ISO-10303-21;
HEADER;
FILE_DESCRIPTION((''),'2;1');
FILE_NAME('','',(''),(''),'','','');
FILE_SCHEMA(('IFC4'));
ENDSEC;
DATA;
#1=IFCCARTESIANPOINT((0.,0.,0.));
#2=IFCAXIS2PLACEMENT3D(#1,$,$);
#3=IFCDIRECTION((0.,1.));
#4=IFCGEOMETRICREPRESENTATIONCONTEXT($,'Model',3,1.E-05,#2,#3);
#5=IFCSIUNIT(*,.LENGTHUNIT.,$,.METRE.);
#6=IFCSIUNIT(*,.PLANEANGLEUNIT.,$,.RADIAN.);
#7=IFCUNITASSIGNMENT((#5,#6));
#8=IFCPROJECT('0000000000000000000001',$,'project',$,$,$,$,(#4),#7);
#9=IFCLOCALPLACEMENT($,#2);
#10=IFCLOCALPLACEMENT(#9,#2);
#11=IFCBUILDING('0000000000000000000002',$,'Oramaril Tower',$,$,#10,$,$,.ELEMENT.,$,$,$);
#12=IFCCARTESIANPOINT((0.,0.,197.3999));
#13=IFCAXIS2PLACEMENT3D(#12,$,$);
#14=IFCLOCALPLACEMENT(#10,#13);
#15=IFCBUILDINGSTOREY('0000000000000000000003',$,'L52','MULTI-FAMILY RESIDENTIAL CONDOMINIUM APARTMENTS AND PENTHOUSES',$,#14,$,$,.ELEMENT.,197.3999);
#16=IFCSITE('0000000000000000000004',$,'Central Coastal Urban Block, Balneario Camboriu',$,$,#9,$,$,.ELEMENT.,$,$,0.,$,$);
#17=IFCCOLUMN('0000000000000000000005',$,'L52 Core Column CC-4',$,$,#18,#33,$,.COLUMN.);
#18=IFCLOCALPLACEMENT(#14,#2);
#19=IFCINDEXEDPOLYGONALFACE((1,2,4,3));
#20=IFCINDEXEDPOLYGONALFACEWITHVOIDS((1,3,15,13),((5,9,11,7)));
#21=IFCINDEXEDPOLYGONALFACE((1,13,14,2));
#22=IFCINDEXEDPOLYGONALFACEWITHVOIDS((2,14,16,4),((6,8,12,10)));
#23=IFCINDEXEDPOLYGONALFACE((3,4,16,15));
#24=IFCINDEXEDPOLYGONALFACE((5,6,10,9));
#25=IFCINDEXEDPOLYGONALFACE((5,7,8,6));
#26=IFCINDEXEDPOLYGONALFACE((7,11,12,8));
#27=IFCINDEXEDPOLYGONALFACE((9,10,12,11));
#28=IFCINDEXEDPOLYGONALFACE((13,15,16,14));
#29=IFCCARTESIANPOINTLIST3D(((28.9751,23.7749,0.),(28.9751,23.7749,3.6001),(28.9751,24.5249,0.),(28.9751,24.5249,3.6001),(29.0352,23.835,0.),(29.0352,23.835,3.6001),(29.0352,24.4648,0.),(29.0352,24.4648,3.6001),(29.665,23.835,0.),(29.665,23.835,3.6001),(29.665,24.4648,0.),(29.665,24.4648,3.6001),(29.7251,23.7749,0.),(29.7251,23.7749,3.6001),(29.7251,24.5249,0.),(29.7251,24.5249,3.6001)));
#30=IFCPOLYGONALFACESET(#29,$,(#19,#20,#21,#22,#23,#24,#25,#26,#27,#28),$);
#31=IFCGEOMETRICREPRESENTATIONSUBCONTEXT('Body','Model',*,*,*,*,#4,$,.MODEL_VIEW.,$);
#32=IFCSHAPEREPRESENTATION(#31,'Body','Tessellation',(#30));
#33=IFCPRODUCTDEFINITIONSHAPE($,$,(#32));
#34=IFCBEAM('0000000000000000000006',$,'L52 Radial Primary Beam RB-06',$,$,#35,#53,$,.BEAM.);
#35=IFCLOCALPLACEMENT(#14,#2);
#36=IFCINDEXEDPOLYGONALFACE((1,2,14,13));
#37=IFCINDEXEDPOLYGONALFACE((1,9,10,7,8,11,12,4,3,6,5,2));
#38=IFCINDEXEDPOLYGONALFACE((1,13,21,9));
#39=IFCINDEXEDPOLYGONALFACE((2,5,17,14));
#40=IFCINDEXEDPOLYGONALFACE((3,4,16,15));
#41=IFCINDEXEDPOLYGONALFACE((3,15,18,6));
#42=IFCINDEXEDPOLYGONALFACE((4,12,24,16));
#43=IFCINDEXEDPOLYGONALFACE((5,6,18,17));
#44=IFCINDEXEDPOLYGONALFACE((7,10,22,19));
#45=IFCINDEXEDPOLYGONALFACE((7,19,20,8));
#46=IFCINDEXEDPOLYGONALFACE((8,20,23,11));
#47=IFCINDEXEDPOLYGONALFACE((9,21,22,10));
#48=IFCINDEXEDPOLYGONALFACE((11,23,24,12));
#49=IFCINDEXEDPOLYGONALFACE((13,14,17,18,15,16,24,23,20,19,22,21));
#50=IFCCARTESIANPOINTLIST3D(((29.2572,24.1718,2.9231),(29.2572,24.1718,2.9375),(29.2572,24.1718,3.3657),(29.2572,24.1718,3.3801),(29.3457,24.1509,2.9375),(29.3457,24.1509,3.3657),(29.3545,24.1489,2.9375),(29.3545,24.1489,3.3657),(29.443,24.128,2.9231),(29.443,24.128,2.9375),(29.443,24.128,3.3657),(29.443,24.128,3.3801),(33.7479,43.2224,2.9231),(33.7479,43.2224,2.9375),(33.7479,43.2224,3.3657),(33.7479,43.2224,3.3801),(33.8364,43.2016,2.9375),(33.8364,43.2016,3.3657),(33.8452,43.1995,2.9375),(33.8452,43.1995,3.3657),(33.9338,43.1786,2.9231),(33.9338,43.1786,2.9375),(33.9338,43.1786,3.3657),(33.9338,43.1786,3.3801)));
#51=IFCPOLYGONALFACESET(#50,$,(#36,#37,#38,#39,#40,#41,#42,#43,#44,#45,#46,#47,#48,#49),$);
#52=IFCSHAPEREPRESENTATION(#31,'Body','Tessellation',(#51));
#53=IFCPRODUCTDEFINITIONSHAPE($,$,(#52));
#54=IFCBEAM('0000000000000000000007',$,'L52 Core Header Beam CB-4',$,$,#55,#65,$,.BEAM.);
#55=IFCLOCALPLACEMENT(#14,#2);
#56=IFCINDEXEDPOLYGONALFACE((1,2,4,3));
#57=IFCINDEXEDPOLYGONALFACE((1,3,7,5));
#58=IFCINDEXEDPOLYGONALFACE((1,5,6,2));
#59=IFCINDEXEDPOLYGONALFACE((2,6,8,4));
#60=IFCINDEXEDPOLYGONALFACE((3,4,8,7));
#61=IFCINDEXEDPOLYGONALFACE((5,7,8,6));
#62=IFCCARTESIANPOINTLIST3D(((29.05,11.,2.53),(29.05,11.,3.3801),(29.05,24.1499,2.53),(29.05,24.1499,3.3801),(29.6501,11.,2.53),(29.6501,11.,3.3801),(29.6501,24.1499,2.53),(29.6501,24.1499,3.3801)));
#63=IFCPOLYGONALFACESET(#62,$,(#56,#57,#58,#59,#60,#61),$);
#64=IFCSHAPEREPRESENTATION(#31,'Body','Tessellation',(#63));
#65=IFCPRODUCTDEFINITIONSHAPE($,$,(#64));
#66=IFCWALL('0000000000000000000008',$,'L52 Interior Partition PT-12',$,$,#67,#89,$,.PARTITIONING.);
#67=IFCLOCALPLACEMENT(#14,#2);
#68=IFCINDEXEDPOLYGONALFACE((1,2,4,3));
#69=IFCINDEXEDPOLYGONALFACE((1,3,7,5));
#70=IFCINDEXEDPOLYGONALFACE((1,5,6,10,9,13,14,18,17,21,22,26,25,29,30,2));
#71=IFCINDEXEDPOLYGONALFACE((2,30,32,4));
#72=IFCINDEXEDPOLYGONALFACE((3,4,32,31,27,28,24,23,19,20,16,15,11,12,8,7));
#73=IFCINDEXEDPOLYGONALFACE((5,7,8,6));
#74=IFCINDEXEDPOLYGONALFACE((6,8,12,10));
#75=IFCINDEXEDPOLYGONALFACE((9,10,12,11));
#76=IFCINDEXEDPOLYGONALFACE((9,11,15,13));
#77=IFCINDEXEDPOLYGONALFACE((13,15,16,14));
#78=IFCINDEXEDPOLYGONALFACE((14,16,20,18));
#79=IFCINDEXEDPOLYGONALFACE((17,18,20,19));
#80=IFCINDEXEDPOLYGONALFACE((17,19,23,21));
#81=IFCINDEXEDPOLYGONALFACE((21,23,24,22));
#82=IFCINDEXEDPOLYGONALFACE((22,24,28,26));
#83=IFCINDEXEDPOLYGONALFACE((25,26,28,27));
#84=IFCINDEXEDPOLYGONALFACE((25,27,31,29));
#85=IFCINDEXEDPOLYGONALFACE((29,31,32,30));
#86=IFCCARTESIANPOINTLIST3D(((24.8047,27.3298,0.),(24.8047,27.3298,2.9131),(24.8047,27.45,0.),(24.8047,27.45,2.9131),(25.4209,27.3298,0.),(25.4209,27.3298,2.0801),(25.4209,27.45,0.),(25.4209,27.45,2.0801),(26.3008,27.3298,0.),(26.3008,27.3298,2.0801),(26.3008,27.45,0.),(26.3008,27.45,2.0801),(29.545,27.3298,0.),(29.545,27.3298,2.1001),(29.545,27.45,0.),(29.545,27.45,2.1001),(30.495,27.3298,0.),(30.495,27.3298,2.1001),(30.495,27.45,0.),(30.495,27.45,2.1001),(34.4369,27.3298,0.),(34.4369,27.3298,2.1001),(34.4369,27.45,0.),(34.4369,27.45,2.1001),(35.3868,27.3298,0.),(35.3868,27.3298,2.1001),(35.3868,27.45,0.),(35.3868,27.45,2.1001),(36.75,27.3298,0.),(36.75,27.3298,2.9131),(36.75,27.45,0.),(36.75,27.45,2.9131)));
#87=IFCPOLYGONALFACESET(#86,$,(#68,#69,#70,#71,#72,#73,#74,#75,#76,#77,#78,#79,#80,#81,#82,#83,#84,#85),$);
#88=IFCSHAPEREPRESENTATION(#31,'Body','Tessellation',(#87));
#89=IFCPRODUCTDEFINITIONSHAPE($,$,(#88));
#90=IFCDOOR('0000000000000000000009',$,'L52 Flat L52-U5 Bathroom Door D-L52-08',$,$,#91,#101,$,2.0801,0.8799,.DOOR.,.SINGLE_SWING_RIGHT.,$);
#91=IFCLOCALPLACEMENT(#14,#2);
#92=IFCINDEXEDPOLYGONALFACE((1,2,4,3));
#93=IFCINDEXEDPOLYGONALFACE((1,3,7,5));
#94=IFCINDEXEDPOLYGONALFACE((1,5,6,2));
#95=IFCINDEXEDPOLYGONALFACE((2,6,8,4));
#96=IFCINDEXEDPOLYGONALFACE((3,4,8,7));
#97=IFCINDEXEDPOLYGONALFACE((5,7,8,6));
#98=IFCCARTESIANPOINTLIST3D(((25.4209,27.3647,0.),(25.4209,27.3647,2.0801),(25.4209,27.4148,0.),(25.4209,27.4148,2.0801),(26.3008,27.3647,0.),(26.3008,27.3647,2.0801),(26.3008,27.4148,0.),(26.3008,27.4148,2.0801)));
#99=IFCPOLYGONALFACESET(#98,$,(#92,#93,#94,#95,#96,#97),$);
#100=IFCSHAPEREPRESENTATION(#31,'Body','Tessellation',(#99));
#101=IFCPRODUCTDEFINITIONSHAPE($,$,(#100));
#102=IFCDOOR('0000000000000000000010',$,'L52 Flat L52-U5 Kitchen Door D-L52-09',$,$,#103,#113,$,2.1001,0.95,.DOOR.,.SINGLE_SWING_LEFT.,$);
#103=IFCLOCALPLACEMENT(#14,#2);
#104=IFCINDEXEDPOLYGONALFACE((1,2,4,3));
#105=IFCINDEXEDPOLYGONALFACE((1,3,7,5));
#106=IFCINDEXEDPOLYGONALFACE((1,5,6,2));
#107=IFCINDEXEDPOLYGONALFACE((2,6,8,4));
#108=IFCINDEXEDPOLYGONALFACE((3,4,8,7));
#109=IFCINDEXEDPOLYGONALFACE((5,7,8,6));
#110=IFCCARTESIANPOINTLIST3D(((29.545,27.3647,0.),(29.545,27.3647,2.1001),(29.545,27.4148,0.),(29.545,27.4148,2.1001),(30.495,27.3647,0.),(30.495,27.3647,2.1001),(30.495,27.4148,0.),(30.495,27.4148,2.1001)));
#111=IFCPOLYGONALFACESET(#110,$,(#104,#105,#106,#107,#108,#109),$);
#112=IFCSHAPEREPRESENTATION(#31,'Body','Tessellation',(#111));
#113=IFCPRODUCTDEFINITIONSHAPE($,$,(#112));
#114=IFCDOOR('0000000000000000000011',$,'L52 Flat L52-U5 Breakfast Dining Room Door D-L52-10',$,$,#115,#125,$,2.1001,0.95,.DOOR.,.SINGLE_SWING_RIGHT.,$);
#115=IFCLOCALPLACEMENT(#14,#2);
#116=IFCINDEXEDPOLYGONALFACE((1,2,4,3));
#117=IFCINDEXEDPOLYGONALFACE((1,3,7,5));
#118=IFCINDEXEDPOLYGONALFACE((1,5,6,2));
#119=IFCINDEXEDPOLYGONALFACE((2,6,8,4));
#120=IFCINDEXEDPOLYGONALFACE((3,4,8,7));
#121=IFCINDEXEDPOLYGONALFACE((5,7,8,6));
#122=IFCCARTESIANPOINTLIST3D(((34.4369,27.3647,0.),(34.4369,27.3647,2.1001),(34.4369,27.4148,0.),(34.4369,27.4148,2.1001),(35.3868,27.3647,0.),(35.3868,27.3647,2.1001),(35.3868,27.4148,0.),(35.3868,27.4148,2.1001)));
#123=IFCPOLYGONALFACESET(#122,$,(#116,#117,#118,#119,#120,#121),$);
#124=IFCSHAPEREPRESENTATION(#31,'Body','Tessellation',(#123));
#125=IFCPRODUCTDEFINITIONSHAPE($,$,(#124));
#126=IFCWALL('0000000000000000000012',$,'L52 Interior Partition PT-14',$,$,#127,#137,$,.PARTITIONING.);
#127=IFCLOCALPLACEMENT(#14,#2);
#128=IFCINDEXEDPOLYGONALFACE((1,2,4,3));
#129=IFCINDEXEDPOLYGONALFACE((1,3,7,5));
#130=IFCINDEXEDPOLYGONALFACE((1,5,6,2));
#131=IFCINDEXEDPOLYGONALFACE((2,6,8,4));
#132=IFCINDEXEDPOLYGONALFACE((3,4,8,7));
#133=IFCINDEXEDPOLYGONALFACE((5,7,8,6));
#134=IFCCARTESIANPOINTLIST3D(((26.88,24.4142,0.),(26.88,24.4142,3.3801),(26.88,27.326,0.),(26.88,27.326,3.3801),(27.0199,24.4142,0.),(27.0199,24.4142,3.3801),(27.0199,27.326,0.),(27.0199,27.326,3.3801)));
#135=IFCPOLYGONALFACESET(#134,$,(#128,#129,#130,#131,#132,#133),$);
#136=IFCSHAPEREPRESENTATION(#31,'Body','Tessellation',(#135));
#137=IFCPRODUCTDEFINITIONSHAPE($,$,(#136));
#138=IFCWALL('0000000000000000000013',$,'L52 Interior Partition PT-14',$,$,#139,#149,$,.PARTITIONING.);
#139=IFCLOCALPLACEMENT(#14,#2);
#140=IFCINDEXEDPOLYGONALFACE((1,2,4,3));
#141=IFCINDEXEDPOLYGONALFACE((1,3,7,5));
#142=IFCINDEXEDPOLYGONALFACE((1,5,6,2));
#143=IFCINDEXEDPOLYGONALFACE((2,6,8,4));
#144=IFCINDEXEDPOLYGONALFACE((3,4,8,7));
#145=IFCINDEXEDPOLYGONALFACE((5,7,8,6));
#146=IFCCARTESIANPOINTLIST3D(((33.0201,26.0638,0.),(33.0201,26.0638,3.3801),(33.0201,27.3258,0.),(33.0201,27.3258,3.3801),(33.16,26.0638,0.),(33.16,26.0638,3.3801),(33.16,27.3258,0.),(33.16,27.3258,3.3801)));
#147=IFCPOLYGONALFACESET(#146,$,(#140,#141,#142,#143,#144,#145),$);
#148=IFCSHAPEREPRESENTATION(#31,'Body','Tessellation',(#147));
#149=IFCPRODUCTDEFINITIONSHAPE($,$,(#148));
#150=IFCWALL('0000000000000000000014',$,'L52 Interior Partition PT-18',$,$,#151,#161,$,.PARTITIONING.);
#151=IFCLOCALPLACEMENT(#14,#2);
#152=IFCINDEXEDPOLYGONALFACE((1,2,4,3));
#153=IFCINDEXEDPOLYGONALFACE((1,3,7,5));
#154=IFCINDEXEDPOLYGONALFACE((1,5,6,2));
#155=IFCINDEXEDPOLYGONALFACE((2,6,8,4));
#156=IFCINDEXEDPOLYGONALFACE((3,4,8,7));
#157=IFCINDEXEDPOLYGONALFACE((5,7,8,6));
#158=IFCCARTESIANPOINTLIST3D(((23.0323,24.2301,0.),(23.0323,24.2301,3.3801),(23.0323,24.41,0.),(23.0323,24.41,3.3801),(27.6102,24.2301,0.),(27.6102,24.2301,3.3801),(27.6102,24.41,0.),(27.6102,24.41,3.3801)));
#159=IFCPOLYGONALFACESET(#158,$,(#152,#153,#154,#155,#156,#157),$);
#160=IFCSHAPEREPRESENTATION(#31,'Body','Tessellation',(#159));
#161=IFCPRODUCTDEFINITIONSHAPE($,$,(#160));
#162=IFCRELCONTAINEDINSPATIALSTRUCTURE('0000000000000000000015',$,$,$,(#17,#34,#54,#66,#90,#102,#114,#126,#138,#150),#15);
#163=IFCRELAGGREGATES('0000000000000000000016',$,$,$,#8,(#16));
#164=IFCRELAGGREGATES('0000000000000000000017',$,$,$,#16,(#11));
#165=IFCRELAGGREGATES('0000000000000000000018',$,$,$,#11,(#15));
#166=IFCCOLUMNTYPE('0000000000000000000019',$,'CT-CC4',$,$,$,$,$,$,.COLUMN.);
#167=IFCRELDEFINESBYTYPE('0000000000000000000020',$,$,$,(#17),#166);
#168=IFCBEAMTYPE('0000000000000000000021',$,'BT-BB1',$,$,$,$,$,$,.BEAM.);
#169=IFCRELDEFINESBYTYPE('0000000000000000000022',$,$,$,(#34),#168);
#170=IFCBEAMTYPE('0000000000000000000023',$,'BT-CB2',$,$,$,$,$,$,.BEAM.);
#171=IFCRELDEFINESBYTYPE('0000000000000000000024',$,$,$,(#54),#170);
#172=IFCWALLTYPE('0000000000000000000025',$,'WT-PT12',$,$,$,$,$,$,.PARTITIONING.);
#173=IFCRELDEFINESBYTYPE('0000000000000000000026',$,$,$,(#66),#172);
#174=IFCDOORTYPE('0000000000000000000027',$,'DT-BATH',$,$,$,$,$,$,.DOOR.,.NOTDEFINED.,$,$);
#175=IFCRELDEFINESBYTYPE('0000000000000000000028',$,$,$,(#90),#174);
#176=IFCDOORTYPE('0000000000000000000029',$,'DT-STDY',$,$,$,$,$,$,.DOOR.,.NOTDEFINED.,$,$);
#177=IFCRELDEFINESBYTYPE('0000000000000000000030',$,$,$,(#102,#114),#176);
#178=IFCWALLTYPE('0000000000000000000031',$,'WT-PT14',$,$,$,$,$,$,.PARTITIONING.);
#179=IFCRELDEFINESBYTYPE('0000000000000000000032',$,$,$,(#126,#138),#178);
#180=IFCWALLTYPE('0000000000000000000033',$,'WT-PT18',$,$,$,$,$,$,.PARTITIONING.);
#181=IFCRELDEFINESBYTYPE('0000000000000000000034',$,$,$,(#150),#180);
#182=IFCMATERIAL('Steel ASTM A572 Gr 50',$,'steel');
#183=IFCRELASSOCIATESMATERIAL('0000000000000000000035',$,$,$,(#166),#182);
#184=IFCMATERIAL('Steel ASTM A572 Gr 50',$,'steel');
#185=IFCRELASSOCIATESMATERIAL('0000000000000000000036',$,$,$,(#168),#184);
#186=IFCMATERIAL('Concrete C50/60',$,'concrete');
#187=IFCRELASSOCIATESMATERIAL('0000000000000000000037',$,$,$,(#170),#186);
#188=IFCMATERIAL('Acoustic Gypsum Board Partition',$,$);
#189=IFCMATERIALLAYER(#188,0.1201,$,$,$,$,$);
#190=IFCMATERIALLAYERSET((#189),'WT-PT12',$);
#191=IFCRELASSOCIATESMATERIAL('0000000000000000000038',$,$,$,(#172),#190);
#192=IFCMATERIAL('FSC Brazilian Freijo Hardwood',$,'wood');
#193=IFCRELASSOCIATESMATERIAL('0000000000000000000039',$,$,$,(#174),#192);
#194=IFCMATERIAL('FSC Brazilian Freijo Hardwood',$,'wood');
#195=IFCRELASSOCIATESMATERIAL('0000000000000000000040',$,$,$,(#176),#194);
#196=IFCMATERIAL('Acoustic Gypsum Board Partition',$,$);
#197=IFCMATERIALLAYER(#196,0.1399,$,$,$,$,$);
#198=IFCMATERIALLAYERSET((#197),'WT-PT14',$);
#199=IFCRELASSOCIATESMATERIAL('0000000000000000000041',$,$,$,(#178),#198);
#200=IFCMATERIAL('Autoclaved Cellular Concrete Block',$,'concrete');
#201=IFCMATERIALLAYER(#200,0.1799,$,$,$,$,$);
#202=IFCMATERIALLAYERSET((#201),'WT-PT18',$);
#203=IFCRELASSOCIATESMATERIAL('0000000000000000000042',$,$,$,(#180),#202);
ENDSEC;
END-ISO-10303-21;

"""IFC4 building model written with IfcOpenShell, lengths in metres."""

from ifc_helpers import new_model, si_unit, direction, frame, frame_2d, origin, origin_2d, place, context, subcontext, project, spatial, rectangle, hollow_rectangle, i_section, extrude, material, layer, layer_set, material_profile, profile_set, type_object, element, fill, save


model = new_model("IFC4")

# Units and contexts
model_context = context("Model", 3, precision=1e-05, world=origin(), true_north=direction((0.0, 1.0)))
body_context = subcontext(model_context, "Body", "Model", "MODEL_VIEW")
ifc_project = project(units=[si_unit("LENGTHUNIT", "METRE"), si_unit("PLANEANGLEUNIT", "RADIAN")], contexts=[model_context])

# Site, building, storey
site_placement = place(None, origin())
site = spatial("IfcSite", under=ifc_project, at=site_placement, Name="Central Coastal Urban Block, Balneario Camboriu", CompositionType="ELEMENT", RefElevation=0.0)
building_placement = place(site_placement, origin())
building = spatial("IfcBuilding", under=site, at=building_placement, Name="Oramaril Tower", CompositionType="ELEMENT")
storey_placement = place(building_placement, frame((0.0, 0.0, 197.3999)))
storey = spatial("IfcBuildingStorey", under=building, at=storey_placement, Name="L52", Description="MULTI-FAMILY RESIDENTIAL CONDOMINIUM APARTMENTS AND PENTHOUSES", CompositionType="ELEMENT", Elevation=197.3999)

# Column
ifc_material_1 = material(Name="Steel ASTM A572 Gr 50", Category="steel")
ifc_material_profile_1 = material_profile(ifc_material_1, hollow_rectangle(XDim=0.75, YDim=0.75, WallThickness=0.0601, at=origin_2d()), Name="BOX750X750X60")
ifc_profile_set_1 = profile_set([ifc_material_profile_1], Name="Steel ASTM A572 Gr 50")
column_type = type_object("IfcColumnType", Name="CT-CC4", PredefinedType="COLUMN", material=ifc_profile_set_1)
column_placement = place(storey_placement, frame((29.3501, 24.1499, 0.0), z_axis=(0.0, 0.0, 1.0), x_axis=(1.0, 0.0, 0.0)))
element("IfcColumn", 1, at=column_placement, inside=storey, type_object=column_type, Name="L52 Core Column CC-4", PredefinedType="COLUMN", context=body_context, shape_type="SweptSolid", body=[
    extrude(hollow_rectangle(XDim=0.75, YDim=0.75, WallThickness=0.0601, at=origin_2d()), origin(), (0.0, 0.0, 1.0), 3.6001),
])

# Beams
ifc_material_2 = material(Name="Steel ASTM A572 Gr 50", Category="steel")
ifc_material_profile_2 = material_profile(ifc_material_2, i_section(OverallWidth=0.1909, OverallDepth=0.457, WebThickness=0.009, FlangeThickness=0.0144, at=origin_2d()), Name="W18X50")
ifc_profile_set_2 = profile_set([ifc_material_profile_2], Name="Steel ASTM A572 Gr 50")
beam_type_1 = type_object("IfcBeamType", Name="BT-BB1", PredefinedType="BEAM", material=ifc_profile_set_2)
beam_1_placement = place(storey_placement, frame((29.3501, 24.1499, 3.1516), z_axis=(0.229438, 0.973323, 0.0), x_axis=(-0.973323, 0.229438, 0.0)))
element("IfcBeam", 2, at=beam_1_placement, inside=storey, type_object=beam_type_1, Name="L52 Radial Primary Beam RB-06", PredefinedType="BEAM", context=body_context, shape_type="SweptSolid", body=[
    extrude(i_section(OverallWidth=0.1909, OverallDepth=0.457, WebThickness=0.009, FlangeThickness=0.0144, at=origin_2d()), origin(), (0.0, 0.0, 1.0), 19.5728),
])
ifc_material_3 = material(Name="Concrete C50/60", Category="concrete")
ifc_material_profile_3 = material_profile(ifc_material_3, rectangle(XDim=0.6001, YDim=0.8501, at=origin_2d()), Name="CB600X850")
ifc_profile_set_3 = profile_set([ifc_material_profile_3], Name="Concrete C50/60")
beam_type_2 = type_object("IfcBeamType", Name="BT-CB2", PredefinedType="BEAM", material=ifc_profile_set_3)
beam_2_placement = place(storey_placement, frame((29.3501, 24.1499, 2.9551), z_axis=(0.0, -1.0, 0.0), x_axis=(1.0, 0.0, 0.0)))
element("IfcBeam", 3, at=beam_2_placement, inside=storey, type_object=beam_type_2, Name="L52 Core Header Beam CB-4", PredefinedType="BEAM", context=body_context, shape_type="SweptSolid", body=[
    extrude(rectangle(XDim=0.6001, YDim=0.8501, at=origin_2d()), origin(), (0.0, 0.0, 1.0), 13.1499),
])

# Wall, openings, doors
ifc_material_4 = material(Name="Acoustic Gypsum Board Partition")
ifc_layer_1 = layer(ifc_material_4, 0.1201)
ifc_layer_set_1 = layer_set([ifc_layer_1], Name="WT-PT12")
wall_type_1 = type_object("IfcWallType", Name="WT-PT12", PredefinedType="PARTITIONING", material=ifc_layer_set_1)
wall_1_placement = place(storey_placement, frame((24.8047, 27.3899, 0.0), z_axis=(0.0, 0.0, 1.0), x_axis=(1.0, 0.0, 0.0)))
wall_1 = element("IfcWall", 4, at=wall_1_placement, inside=storey, type_object=wall_type_1, Name="L52 Interior Partition PT-12", PredefinedType="PARTITIONING", context=body_context, shape_type="SweptSolid", body=[
    extrude(rectangle(XDim=11.9453, YDim=0.1201, at=frame_2d((5.9727, 0.0))), origin(), (0.0, 0.0, 1.0), 2.9131),
])
opening_1_placement = place(wall_1_placement, frame((0.6162, 0.0, 0.0)))
opening_1 = element("IfcOpeningElement", 5, at=opening_1_placement, cuts=wall_1, PredefinedType="OPENING", context=body_context, shape_type="SweptSolid", body=[
    extrude(rectangle(XDim=0.8799, YDim=2.0801, at=frame_2d((0.4399, 1.04))), frame((0.0, 0.0601, 0.0), z_axis=(0.0, -1.0, 0.0), x_axis=(1.0, 0.0, 0.0)), (0.0, 0.0, 1.0), 0.1201),
])
opening_2_placement = place(wall_1_placement, frame((4.7402, 0.0, 0.0)))
opening_2 = element("IfcOpeningElement", 6, at=opening_2_placement, cuts=wall_1, PredefinedType="OPENING", context=body_context, shape_type="SweptSolid", body=[
    extrude(rectangle(XDim=0.95, YDim=2.1001, at=frame_2d((0.4751, 1.05))), frame((0.0, 0.0601, 0.0), z_axis=(0.0, -1.0, 0.0), x_axis=(1.0, 0.0, 0.0)), (0.0, 0.0, 1.0), 0.1201),
])
opening_3_placement = place(wall_1_placement, frame((9.6321, 0.0, 0.0)))
opening_3 = element("IfcOpeningElement", 7, at=opening_3_placement, cuts=wall_1, PredefinedType="OPENING", context=body_context, shape_type="SweptSolid", body=[
    extrude(rectangle(XDim=0.95, YDim=2.1001, at=frame_2d((0.4751, 1.05))), frame((0.0, 0.0601, 0.0), z_axis=(0.0, -1.0, 0.0), x_axis=(1.0, 0.0, 0.0)), (0.0, 0.0, 1.0), 0.1201),
])
ifc_material_5 = material(Name="FSC Brazilian Freijo Hardwood", Category="wood")
door_type_1 = type_object("IfcDoorType", Name="DT-BATH", OperationType="NOTDEFINED", PredefinedType="DOOR", material=ifc_material_5)
door_1_placement = place(opening_1_placement, origin())
door_1 = element("IfcDoor", 8, at=door_1_placement, inside=storey, type_object=door_type_1, Name="L52 Flat L52-U5 Bathroom Door D-L52-08", OperationType="SINGLE_SWING_RIGHT", OverallHeight=2.0801, OverallWidth=0.8799, PredefinedType="DOOR", context=body_context, shape_type="SweptSolid", body=[
    extrude(rectangle(XDim=0.8799, YDim=2.0801, at=frame_2d((0.4399, 1.04))), frame((0.0, 0.0249, 0.0), z_axis=(0.0, -1.0, 0.0), x_axis=(1.0, 0.0, 0.0)), (0.0, 0.0, 1.0), 0.05),
])
fill(opening_1, door_1)
ifc_material_6 = material(Name="FSC Brazilian Freijo Hardwood", Category="wood")
door_type_2 = type_object("IfcDoorType", Name="DT-STDY", OperationType="NOTDEFINED", PredefinedType="DOOR", material=ifc_material_6)
door_2_placement = place(opening_2_placement, origin())
door_2 = element("IfcDoor", 9, at=door_2_placement, inside=storey, type_object=door_type_2, Name="L52 Flat L52-U5 Kitchen Door D-L52-09", OperationType="SINGLE_SWING_LEFT", OverallHeight=2.1001, OverallWidth=0.95, PredefinedType="DOOR", context=body_context, shape_type="SweptSolid", body=[
    extrude(rectangle(XDim=0.95, YDim=2.1001, at=frame_2d((0.4751, 1.05))), frame((0.0, 0.0249, 0.0), z_axis=(0.0, -1.0, 0.0), x_axis=(1.0, 0.0, 0.0)), (0.0, 0.0, 1.0), 0.05),
])
fill(opening_2, door_2)
door_3_placement = place(opening_3_placement, origin())
door_3 = element("IfcDoor", 10, at=door_3_placement, inside=storey, type_object=door_type_2, Name="L52 Flat L52-U5 Breakfast Dining Room Door D-L52-10", OperationType="SINGLE_SWING_RIGHT", OverallHeight=2.1001, OverallWidth=0.95, PredefinedType="DOOR", context=body_context, shape_type="SweptSolid", body=[
    extrude(rectangle(XDim=0.95, YDim=2.1001, at=frame_2d((0.4751, 1.05))), frame((0.0, 0.0249, 0.0), z_axis=(0.0, -1.0, 0.0), x_axis=(1.0, 0.0, 0.0)), (0.0, 0.0, 1.0), 0.05),
])
fill(opening_3, door_3)

# Walls
ifc_material_7 = material(Name="Acoustic Gypsum Board Partition")
ifc_layer_2 = layer(ifc_material_7, 0.1399)
ifc_layer_set_2 = layer_set([ifc_layer_2], Name="WT-PT14")
wall_type_2 = type_object("IfcWallType", Name="WT-PT14", PredefinedType="PARTITIONING", material=ifc_layer_set_2)
wall_2_placement = place(storey_placement, frame((26.95, 24.4141, 0.0), z_axis=(0.0, 0.0, 1.0), x_axis=(0.0, 1.0, 0.0)))
element("IfcWall", 11, at=wall_2_placement, inside=storey, type_object=wall_type_2, Name="L52 Interior Partition PT-14", PredefinedType="PARTITIONING", context=body_context, shape_type="SweptSolid", body=[
    extrude(rectangle(XDim=2.9119, YDim=0.1399, at=frame_2d((1.4561, 0.0))), origin(), (0.0, 0.0, 1.0), 3.3801),
])
wall_3_placement = place(storey_placement, frame((33.0901, 26.064, 0.0), z_axis=(0.0, 0.0, 1.0), x_axis=(0.0, 1.0, 0.0)))
element("IfcWall", 12, at=wall_3_placement, inside=storey, type_object=wall_type_2, Name="L52 Interior Partition PT-14", PredefinedType="PARTITIONING", context=body_context, shape_type="SweptSolid", body=[
    extrude(rectangle(XDim=1.262, YDim=0.1399, at=frame_2d((0.6309, 0.0))), origin(), (0.0, 0.0, 1.0), 3.3801),
])
ifc_material_8 = material(Name="Autoclaved Cellular Concrete Block", Category="concrete")
ifc_layer_3 = layer(ifc_material_8, 0.1799)
ifc_layer_set_3 = layer_set([ifc_layer_3], Name="WT-PT18")
wall_type_3 = type_object("IfcWallType", Name="WT-PT18", PredefinedType="PARTITIONING", material=ifc_layer_set_3)
wall_4_placement = place(storey_placement, frame((23.0322, 24.3201, 0.0), z_axis=(0.0, 0.0, 1.0), x_axis=(1.0, 0.0, 0.0)))
element("IfcWall", 13, at=wall_4_placement, inside=storey, type_object=wall_type_3, Name="L52 Interior Partition PT-18", PredefinedType="PARTITIONING", context=body_context, shape_type="SweptSolid", body=[
    extrude(rectangle(XDim=4.5779, YDim=0.1799, at=frame_2d((2.2891, 0.0))), origin(), (0.0, 0.0, 1.0), 3.3801),
])

save(model, "model.ifc")
